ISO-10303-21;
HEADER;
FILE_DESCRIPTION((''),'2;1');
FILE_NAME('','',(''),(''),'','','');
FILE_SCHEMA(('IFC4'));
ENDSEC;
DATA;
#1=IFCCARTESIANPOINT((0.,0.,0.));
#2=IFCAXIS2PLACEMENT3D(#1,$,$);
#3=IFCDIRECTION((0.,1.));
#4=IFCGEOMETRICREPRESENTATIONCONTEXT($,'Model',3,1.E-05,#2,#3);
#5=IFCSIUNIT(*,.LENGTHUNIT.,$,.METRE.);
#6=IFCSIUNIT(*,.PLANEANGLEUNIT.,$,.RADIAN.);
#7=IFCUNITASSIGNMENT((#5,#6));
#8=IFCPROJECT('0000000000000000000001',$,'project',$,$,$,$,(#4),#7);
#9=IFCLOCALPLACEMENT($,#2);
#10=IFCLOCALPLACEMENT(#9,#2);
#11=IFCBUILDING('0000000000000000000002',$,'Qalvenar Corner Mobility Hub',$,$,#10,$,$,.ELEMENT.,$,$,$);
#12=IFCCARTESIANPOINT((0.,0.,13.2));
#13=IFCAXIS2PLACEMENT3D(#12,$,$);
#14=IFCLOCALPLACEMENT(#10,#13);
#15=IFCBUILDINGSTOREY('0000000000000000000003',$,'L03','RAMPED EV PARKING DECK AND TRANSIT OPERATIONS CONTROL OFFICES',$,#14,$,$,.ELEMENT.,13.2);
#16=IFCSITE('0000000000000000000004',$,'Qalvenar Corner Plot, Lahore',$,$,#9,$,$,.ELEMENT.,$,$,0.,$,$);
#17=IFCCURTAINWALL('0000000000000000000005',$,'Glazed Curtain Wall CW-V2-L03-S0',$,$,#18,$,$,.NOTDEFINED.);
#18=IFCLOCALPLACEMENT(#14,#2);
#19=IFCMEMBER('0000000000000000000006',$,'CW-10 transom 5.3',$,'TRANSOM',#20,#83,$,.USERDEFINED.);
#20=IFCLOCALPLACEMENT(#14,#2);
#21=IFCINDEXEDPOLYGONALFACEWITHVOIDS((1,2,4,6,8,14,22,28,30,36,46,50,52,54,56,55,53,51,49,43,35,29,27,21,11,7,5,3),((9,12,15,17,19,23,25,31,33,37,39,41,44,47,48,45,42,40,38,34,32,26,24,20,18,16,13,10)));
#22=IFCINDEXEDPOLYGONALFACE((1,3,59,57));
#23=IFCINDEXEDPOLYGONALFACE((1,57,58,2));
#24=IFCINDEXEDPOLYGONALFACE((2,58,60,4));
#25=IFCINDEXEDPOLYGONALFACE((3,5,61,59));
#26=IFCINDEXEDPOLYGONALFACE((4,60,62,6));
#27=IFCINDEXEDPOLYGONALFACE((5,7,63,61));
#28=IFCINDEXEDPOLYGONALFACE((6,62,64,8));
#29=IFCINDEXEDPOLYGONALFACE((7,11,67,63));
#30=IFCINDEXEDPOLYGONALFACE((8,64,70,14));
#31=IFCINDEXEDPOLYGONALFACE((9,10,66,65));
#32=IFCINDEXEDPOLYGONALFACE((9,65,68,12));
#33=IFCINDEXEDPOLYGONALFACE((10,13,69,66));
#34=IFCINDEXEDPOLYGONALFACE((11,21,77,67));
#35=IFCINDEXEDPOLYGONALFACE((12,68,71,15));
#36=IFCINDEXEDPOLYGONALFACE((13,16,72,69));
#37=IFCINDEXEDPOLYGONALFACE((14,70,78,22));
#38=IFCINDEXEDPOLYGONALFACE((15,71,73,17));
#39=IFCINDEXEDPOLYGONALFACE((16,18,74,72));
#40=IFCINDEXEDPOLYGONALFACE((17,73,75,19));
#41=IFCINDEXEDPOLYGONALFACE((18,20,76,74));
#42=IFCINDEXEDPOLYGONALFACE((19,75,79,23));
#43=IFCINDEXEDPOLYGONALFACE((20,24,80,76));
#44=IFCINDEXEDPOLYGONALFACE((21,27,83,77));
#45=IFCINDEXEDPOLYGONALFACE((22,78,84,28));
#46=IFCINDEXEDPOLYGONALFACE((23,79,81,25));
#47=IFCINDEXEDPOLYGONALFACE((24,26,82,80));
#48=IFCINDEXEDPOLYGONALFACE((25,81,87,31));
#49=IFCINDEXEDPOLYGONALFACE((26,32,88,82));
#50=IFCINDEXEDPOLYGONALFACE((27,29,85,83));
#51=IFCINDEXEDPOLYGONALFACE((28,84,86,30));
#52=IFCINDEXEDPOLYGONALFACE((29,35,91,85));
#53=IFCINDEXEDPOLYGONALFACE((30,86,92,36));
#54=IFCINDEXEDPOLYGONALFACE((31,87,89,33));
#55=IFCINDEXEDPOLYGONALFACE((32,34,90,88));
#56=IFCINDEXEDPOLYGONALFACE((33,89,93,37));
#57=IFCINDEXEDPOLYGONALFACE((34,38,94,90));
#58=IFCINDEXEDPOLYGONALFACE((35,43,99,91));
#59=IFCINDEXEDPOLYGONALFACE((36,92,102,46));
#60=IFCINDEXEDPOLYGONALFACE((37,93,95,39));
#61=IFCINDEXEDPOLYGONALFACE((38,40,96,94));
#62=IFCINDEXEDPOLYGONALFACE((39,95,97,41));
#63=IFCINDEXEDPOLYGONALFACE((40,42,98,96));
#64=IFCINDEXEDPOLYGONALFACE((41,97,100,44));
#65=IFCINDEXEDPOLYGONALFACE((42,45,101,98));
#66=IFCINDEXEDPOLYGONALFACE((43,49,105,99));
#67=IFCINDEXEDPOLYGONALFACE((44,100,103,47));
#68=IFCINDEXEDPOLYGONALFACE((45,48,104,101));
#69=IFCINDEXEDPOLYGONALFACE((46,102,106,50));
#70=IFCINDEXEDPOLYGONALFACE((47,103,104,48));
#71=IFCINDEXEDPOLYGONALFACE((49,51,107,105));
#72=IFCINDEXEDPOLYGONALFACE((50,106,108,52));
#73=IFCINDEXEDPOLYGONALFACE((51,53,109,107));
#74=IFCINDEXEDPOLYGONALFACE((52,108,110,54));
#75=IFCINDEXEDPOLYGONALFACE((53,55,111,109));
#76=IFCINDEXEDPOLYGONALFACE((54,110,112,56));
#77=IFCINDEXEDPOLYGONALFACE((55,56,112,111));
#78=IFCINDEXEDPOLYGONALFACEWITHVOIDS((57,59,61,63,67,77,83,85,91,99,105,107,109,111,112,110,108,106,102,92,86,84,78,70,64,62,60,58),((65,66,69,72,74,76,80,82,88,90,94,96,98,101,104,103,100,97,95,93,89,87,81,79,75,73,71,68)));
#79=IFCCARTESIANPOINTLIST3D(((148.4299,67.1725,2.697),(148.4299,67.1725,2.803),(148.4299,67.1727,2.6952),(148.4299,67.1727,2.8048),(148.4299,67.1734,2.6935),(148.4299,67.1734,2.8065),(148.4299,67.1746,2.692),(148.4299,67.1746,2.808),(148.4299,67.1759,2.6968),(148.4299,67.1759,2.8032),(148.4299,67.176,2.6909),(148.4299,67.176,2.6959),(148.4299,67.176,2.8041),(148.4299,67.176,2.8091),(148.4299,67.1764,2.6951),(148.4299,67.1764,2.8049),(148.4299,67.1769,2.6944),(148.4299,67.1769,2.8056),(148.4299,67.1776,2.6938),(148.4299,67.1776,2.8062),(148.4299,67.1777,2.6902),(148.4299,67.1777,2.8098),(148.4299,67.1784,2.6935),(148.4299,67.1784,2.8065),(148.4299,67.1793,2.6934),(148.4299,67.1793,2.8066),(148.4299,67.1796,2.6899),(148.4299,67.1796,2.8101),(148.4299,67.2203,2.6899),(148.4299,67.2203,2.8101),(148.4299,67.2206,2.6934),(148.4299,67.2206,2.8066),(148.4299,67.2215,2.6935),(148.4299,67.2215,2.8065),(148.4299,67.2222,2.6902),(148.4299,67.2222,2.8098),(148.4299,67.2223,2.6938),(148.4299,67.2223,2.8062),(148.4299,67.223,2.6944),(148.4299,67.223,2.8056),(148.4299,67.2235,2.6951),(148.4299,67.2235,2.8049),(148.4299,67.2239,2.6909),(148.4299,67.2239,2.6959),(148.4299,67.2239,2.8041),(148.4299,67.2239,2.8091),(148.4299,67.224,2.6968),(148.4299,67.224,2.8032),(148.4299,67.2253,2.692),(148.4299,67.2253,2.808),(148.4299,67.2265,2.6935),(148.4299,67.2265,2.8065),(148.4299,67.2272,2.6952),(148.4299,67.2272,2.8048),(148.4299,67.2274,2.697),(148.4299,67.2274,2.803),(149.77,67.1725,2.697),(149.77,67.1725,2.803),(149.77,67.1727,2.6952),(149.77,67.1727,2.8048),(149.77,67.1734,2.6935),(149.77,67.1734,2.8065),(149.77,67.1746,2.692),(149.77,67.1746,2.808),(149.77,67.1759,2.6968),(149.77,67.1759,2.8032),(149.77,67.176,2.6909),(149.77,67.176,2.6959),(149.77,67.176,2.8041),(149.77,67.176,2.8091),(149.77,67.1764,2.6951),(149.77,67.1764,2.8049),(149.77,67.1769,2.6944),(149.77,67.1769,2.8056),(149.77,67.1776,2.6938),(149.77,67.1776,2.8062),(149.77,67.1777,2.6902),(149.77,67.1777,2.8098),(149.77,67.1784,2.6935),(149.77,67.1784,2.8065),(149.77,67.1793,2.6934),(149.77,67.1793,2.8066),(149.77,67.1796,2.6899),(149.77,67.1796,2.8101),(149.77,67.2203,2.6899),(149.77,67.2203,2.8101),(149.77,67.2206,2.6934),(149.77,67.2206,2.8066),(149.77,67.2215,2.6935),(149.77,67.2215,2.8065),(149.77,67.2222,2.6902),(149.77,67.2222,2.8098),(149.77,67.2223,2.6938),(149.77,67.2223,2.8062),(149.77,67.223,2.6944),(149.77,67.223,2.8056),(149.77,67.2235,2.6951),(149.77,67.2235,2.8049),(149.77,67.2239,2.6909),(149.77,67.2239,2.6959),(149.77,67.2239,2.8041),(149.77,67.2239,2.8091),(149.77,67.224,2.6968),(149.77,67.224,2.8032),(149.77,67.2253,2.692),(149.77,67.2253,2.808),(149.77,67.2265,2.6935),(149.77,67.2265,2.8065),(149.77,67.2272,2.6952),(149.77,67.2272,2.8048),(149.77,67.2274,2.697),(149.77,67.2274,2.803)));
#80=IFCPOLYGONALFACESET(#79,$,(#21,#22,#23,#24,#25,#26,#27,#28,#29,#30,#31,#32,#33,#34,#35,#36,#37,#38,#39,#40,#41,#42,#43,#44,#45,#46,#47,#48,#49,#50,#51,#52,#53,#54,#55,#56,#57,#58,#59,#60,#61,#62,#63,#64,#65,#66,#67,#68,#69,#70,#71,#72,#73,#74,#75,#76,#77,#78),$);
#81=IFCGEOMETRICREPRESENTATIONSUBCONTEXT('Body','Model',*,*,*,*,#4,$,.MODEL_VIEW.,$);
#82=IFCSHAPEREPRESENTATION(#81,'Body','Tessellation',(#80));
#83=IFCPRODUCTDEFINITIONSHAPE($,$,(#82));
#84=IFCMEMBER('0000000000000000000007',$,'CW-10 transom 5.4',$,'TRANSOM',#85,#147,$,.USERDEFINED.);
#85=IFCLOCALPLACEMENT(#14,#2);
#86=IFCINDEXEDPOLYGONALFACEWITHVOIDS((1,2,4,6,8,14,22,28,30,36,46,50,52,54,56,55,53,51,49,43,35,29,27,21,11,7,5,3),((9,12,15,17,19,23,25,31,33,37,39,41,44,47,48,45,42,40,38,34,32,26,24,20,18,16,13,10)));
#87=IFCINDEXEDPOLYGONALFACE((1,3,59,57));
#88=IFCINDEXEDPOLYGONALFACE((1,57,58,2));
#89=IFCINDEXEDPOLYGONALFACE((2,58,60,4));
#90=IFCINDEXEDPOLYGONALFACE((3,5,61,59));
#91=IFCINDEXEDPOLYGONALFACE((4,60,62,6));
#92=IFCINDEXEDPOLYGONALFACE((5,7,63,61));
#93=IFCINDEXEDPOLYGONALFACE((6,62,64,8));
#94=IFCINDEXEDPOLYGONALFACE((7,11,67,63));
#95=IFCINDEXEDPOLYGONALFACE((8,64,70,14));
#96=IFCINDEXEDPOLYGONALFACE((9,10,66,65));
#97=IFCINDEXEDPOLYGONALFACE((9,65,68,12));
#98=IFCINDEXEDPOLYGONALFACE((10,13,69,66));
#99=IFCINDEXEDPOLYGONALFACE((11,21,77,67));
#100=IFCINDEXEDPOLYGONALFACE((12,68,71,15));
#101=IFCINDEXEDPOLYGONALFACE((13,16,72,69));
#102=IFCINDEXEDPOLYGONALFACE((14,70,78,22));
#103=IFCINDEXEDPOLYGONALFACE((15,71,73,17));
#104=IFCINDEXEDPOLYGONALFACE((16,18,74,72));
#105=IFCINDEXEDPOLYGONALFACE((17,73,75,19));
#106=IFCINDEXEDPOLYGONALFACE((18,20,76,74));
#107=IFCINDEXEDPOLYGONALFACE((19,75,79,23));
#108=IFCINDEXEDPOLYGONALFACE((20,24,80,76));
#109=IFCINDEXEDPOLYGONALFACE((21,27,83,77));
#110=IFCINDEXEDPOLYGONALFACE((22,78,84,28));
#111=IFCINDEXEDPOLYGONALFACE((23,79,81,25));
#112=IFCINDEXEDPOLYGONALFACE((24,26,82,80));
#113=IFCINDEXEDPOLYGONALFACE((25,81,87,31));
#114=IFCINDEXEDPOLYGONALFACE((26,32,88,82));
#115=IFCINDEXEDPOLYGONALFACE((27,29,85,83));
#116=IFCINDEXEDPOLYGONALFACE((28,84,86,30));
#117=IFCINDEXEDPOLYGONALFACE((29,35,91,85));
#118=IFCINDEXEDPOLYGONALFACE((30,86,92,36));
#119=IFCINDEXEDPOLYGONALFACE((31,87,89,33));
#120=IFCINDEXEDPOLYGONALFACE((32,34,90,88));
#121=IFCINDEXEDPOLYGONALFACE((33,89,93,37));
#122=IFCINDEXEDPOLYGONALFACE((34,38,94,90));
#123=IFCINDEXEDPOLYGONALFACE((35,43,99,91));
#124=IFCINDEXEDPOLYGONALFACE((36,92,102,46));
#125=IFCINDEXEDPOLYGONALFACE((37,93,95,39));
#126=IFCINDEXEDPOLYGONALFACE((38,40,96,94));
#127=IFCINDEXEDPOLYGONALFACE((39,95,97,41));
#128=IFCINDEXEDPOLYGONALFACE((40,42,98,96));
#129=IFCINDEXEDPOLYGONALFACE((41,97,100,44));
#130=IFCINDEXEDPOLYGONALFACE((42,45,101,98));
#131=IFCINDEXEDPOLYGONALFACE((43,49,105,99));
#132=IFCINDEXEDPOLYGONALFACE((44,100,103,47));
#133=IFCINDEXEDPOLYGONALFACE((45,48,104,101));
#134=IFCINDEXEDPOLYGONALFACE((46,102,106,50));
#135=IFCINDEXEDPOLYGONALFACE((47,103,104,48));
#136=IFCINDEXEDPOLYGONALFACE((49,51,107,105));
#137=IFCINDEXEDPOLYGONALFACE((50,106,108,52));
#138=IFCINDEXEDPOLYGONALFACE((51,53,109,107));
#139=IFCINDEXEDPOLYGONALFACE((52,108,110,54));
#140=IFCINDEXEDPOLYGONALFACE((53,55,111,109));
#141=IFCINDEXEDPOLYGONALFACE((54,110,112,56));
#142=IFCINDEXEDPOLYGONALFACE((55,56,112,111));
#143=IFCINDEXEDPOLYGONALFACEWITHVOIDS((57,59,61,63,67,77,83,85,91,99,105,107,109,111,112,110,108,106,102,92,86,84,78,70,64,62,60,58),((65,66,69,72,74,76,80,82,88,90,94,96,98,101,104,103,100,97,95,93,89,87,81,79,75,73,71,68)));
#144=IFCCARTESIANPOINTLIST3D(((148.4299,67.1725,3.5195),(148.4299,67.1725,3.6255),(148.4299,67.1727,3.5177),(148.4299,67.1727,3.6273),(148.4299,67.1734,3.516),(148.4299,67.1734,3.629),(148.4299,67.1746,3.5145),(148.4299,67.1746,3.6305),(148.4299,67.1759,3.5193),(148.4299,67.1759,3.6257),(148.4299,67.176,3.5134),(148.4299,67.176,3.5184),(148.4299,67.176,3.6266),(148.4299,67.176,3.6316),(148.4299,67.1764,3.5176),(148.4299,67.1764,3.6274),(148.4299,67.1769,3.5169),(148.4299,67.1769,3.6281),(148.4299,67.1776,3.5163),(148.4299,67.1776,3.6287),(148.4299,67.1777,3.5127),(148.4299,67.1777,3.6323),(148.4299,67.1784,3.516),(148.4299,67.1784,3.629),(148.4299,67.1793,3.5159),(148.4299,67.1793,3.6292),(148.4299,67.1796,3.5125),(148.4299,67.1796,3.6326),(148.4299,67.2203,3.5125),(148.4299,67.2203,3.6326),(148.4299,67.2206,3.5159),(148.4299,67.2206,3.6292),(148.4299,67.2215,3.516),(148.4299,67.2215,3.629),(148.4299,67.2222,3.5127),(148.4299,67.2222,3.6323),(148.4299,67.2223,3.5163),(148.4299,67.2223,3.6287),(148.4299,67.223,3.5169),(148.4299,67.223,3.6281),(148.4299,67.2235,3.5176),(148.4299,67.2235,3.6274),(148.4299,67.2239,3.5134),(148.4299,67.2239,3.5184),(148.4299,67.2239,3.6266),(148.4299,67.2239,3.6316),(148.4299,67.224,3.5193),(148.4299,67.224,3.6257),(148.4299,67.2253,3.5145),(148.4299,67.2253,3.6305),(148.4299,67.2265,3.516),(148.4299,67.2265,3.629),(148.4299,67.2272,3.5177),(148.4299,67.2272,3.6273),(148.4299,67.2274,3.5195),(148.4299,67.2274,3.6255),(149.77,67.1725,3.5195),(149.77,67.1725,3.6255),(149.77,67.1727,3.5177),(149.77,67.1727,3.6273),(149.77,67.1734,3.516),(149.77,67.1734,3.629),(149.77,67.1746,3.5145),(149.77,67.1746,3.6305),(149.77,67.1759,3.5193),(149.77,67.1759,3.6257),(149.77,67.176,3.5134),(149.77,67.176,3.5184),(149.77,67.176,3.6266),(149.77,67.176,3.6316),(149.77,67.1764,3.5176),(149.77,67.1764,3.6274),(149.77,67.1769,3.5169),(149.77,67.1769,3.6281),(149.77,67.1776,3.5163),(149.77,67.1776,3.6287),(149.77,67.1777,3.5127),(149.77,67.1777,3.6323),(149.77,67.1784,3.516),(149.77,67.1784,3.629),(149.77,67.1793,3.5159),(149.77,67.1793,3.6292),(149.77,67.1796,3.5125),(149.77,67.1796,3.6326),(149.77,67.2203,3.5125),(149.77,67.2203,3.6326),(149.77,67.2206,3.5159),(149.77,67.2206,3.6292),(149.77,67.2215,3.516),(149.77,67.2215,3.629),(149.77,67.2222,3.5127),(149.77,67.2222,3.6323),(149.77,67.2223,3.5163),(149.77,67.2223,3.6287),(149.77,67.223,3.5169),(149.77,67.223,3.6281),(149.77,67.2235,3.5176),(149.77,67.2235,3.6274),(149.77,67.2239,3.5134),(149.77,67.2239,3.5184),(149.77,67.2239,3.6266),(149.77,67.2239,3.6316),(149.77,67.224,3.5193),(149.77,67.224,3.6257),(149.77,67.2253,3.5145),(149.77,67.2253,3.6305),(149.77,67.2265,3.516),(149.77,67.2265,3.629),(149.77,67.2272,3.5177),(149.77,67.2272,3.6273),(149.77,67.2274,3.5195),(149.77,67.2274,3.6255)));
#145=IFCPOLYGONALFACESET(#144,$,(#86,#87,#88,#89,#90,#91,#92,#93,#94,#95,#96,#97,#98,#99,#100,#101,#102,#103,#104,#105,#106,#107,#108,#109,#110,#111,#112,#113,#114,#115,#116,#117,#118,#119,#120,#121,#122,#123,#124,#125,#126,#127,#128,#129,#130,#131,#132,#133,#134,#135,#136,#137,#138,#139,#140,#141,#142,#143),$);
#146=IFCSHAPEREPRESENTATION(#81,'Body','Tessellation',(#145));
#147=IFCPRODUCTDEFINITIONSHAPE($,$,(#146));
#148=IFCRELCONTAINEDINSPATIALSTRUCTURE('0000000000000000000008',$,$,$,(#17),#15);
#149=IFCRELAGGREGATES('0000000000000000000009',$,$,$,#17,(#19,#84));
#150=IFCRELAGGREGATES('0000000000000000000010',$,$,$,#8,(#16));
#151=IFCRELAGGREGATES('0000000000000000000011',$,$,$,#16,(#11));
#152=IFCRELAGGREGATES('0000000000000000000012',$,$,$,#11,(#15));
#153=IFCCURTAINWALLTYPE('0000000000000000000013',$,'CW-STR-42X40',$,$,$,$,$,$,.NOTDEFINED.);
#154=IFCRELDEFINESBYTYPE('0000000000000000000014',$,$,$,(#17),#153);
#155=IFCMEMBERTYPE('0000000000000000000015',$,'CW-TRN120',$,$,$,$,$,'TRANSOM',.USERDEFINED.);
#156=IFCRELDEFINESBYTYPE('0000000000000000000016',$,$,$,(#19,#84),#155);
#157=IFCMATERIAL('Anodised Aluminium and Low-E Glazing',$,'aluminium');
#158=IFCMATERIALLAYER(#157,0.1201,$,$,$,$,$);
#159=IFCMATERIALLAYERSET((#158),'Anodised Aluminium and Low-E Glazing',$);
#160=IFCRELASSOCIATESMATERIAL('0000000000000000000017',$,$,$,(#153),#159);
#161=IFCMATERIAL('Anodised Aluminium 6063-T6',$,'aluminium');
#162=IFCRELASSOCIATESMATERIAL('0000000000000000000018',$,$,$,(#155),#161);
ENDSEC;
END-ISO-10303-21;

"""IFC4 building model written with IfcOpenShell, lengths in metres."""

from ifc_helpers import new_model, si_unit, direction, frame, origin, origin_2d, place, context, subcontext, project, spatial, hollow_rectangle, extrude, material, layer, layer_set, material_profile, profile_set, type_object, element, aggregate, save


model = new_model("IFC4")

# Units and contexts
model_context = context("Model", 3, precision=1e-05, world=origin(), true_north=direction((0.0, 1.0)))
body_context = subcontext(model_context, "Body", "Model", "MODEL_VIEW")
ifc_project = project(units=[si_unit("LENGTHUNIT", "METRE"), si_unit("PLANEANGLEUNIT", "RADIAN")], contexts=[model_context])

# Site, building, storey
site_placement = place(None, origin())
site = spatial("IfcSite", under=ifc_project, at=site_placement, Name="Qalvenar Corner Plot, Lahore", CompositionType="ELEMENT", RefElevation=0.0)
building_placement = place(site_placement, origin())
building = spatial("IfcBuilding", under=site, at=building_placement, Name="Qalvenar Corner Mobility Hub", CompositionType="ELEMENT")
storey_placement = place(building_placement, frame((0.0, 0.0, 13.2)))
storey = spatial("IfcBuildingStorey", under=building, at=storey_placement, Name="L03", Description="RAMPED EV PARKING DECK AND TRANSIT OPERATIONS CONTROL OFFICES", CompositionType="ELEMENT", Elevation=13.2)

# Curtain wall
ifc_material_1 = material(Name="Anodised Aluminium and Low-E Glazing", Category="aluminium")
ifc_layer_1 = layer(ifc_material_1, 0.1201)
ifc_layer_set_1 = layer_set([ifc_layer_1], Name="Anodised Aluminium and Low-E Glazing")
curtain_wall_type = type_object("IfcCurtainWallType", Name="CW-STR-42X40", PredefinedType="NOTDEFINED", material=ifc_layer_set_1)
curtain_wall_1_placement = place(storey_placement, origin())
curtain_wall_1 = element("IfcCurtainWall", 1, at=curtain_wall_1_placement, inside=storey, type_object=curtain_wall_type, Name="Glazed Curtain Wall CW-V2-L03-S0", PredefinedType="NOTDEFINED")
ifc_material_2 = material(Name="Anodised Aluminium 6063-T6", Category="aluminium")

# Members
ifc_material_profile_1 = material_profile(ifc_material_2, hollow_rectangle(XDim=0.0549, YDim=0.1201, WallThickness=0.0034, InnerFilletRadius=0.0034, OuterFilletRadius=0.0071, at=origin_2d()), Name="RHS120x55x3.5")
ifc_profile_set_1 = profile_set([ifc_material_profile_1], Name="Anodised Aluminium 6063-T6")
member_type_1 = type_object("IfcMemberType", Name="CW-TRN120", ElementType="TRANSOM", PredefinedType="USERDEFINED", material=ifc_profile_set_1)
member_1_placement = place(storey_placement, frame((148.4299, 67.2, 2.75), z_axis=(1.0, 0.0, 0.0), x_axis=(0.0, 1.0, 0.0)))
member_1 = element("IfcMember", 2, at=member_1_placement, type_object=member_type_1, Name="CW-10 transom 5.3", ObjectType="TRANSOM", PredefinedType="USERDEFINED", context=body_context, shape_type="SweptSolid", body=[
    extrude(hollow_rectangle(XDim=0.0549, YDim=0.1201, WallThickness=0.0034, InnerFilletRadius=0.0034, OuterFilletRadius=0.0071, at=origin_2d()), origin(), (0.0, 0.0, 1.0), 1.3401),
])
member_2_placement = place(storey_placement, frame((148.4299, 67.2, 3.5725), z_axis=(1.0, 0.0, 0.0), x_axis=(0.0, 1.0, 0.0)))
member_2 = element("IfcMember", 3, at=member_2_placement, type_object=member_type_1, Name="CW-10 transom 5.4", ObjectType="TRANSOM", PredefinedType="USERDEFINED", context=body_context, shape_type="SweptSolid", body=[
    extrude(hollow_rectangle(XDim=0.0549, YDim=0.1201, WallThickness=0.0034, InnerFilletRadius=0.0034, OuterFilletRadius=0.0071, at=origin_2d()), origin(), (0.0, 0.0, 1.0), 1.3401),
])

aggregate(curtain_wall_1, [member_1, member_2])

save(model, "model.ifc")
